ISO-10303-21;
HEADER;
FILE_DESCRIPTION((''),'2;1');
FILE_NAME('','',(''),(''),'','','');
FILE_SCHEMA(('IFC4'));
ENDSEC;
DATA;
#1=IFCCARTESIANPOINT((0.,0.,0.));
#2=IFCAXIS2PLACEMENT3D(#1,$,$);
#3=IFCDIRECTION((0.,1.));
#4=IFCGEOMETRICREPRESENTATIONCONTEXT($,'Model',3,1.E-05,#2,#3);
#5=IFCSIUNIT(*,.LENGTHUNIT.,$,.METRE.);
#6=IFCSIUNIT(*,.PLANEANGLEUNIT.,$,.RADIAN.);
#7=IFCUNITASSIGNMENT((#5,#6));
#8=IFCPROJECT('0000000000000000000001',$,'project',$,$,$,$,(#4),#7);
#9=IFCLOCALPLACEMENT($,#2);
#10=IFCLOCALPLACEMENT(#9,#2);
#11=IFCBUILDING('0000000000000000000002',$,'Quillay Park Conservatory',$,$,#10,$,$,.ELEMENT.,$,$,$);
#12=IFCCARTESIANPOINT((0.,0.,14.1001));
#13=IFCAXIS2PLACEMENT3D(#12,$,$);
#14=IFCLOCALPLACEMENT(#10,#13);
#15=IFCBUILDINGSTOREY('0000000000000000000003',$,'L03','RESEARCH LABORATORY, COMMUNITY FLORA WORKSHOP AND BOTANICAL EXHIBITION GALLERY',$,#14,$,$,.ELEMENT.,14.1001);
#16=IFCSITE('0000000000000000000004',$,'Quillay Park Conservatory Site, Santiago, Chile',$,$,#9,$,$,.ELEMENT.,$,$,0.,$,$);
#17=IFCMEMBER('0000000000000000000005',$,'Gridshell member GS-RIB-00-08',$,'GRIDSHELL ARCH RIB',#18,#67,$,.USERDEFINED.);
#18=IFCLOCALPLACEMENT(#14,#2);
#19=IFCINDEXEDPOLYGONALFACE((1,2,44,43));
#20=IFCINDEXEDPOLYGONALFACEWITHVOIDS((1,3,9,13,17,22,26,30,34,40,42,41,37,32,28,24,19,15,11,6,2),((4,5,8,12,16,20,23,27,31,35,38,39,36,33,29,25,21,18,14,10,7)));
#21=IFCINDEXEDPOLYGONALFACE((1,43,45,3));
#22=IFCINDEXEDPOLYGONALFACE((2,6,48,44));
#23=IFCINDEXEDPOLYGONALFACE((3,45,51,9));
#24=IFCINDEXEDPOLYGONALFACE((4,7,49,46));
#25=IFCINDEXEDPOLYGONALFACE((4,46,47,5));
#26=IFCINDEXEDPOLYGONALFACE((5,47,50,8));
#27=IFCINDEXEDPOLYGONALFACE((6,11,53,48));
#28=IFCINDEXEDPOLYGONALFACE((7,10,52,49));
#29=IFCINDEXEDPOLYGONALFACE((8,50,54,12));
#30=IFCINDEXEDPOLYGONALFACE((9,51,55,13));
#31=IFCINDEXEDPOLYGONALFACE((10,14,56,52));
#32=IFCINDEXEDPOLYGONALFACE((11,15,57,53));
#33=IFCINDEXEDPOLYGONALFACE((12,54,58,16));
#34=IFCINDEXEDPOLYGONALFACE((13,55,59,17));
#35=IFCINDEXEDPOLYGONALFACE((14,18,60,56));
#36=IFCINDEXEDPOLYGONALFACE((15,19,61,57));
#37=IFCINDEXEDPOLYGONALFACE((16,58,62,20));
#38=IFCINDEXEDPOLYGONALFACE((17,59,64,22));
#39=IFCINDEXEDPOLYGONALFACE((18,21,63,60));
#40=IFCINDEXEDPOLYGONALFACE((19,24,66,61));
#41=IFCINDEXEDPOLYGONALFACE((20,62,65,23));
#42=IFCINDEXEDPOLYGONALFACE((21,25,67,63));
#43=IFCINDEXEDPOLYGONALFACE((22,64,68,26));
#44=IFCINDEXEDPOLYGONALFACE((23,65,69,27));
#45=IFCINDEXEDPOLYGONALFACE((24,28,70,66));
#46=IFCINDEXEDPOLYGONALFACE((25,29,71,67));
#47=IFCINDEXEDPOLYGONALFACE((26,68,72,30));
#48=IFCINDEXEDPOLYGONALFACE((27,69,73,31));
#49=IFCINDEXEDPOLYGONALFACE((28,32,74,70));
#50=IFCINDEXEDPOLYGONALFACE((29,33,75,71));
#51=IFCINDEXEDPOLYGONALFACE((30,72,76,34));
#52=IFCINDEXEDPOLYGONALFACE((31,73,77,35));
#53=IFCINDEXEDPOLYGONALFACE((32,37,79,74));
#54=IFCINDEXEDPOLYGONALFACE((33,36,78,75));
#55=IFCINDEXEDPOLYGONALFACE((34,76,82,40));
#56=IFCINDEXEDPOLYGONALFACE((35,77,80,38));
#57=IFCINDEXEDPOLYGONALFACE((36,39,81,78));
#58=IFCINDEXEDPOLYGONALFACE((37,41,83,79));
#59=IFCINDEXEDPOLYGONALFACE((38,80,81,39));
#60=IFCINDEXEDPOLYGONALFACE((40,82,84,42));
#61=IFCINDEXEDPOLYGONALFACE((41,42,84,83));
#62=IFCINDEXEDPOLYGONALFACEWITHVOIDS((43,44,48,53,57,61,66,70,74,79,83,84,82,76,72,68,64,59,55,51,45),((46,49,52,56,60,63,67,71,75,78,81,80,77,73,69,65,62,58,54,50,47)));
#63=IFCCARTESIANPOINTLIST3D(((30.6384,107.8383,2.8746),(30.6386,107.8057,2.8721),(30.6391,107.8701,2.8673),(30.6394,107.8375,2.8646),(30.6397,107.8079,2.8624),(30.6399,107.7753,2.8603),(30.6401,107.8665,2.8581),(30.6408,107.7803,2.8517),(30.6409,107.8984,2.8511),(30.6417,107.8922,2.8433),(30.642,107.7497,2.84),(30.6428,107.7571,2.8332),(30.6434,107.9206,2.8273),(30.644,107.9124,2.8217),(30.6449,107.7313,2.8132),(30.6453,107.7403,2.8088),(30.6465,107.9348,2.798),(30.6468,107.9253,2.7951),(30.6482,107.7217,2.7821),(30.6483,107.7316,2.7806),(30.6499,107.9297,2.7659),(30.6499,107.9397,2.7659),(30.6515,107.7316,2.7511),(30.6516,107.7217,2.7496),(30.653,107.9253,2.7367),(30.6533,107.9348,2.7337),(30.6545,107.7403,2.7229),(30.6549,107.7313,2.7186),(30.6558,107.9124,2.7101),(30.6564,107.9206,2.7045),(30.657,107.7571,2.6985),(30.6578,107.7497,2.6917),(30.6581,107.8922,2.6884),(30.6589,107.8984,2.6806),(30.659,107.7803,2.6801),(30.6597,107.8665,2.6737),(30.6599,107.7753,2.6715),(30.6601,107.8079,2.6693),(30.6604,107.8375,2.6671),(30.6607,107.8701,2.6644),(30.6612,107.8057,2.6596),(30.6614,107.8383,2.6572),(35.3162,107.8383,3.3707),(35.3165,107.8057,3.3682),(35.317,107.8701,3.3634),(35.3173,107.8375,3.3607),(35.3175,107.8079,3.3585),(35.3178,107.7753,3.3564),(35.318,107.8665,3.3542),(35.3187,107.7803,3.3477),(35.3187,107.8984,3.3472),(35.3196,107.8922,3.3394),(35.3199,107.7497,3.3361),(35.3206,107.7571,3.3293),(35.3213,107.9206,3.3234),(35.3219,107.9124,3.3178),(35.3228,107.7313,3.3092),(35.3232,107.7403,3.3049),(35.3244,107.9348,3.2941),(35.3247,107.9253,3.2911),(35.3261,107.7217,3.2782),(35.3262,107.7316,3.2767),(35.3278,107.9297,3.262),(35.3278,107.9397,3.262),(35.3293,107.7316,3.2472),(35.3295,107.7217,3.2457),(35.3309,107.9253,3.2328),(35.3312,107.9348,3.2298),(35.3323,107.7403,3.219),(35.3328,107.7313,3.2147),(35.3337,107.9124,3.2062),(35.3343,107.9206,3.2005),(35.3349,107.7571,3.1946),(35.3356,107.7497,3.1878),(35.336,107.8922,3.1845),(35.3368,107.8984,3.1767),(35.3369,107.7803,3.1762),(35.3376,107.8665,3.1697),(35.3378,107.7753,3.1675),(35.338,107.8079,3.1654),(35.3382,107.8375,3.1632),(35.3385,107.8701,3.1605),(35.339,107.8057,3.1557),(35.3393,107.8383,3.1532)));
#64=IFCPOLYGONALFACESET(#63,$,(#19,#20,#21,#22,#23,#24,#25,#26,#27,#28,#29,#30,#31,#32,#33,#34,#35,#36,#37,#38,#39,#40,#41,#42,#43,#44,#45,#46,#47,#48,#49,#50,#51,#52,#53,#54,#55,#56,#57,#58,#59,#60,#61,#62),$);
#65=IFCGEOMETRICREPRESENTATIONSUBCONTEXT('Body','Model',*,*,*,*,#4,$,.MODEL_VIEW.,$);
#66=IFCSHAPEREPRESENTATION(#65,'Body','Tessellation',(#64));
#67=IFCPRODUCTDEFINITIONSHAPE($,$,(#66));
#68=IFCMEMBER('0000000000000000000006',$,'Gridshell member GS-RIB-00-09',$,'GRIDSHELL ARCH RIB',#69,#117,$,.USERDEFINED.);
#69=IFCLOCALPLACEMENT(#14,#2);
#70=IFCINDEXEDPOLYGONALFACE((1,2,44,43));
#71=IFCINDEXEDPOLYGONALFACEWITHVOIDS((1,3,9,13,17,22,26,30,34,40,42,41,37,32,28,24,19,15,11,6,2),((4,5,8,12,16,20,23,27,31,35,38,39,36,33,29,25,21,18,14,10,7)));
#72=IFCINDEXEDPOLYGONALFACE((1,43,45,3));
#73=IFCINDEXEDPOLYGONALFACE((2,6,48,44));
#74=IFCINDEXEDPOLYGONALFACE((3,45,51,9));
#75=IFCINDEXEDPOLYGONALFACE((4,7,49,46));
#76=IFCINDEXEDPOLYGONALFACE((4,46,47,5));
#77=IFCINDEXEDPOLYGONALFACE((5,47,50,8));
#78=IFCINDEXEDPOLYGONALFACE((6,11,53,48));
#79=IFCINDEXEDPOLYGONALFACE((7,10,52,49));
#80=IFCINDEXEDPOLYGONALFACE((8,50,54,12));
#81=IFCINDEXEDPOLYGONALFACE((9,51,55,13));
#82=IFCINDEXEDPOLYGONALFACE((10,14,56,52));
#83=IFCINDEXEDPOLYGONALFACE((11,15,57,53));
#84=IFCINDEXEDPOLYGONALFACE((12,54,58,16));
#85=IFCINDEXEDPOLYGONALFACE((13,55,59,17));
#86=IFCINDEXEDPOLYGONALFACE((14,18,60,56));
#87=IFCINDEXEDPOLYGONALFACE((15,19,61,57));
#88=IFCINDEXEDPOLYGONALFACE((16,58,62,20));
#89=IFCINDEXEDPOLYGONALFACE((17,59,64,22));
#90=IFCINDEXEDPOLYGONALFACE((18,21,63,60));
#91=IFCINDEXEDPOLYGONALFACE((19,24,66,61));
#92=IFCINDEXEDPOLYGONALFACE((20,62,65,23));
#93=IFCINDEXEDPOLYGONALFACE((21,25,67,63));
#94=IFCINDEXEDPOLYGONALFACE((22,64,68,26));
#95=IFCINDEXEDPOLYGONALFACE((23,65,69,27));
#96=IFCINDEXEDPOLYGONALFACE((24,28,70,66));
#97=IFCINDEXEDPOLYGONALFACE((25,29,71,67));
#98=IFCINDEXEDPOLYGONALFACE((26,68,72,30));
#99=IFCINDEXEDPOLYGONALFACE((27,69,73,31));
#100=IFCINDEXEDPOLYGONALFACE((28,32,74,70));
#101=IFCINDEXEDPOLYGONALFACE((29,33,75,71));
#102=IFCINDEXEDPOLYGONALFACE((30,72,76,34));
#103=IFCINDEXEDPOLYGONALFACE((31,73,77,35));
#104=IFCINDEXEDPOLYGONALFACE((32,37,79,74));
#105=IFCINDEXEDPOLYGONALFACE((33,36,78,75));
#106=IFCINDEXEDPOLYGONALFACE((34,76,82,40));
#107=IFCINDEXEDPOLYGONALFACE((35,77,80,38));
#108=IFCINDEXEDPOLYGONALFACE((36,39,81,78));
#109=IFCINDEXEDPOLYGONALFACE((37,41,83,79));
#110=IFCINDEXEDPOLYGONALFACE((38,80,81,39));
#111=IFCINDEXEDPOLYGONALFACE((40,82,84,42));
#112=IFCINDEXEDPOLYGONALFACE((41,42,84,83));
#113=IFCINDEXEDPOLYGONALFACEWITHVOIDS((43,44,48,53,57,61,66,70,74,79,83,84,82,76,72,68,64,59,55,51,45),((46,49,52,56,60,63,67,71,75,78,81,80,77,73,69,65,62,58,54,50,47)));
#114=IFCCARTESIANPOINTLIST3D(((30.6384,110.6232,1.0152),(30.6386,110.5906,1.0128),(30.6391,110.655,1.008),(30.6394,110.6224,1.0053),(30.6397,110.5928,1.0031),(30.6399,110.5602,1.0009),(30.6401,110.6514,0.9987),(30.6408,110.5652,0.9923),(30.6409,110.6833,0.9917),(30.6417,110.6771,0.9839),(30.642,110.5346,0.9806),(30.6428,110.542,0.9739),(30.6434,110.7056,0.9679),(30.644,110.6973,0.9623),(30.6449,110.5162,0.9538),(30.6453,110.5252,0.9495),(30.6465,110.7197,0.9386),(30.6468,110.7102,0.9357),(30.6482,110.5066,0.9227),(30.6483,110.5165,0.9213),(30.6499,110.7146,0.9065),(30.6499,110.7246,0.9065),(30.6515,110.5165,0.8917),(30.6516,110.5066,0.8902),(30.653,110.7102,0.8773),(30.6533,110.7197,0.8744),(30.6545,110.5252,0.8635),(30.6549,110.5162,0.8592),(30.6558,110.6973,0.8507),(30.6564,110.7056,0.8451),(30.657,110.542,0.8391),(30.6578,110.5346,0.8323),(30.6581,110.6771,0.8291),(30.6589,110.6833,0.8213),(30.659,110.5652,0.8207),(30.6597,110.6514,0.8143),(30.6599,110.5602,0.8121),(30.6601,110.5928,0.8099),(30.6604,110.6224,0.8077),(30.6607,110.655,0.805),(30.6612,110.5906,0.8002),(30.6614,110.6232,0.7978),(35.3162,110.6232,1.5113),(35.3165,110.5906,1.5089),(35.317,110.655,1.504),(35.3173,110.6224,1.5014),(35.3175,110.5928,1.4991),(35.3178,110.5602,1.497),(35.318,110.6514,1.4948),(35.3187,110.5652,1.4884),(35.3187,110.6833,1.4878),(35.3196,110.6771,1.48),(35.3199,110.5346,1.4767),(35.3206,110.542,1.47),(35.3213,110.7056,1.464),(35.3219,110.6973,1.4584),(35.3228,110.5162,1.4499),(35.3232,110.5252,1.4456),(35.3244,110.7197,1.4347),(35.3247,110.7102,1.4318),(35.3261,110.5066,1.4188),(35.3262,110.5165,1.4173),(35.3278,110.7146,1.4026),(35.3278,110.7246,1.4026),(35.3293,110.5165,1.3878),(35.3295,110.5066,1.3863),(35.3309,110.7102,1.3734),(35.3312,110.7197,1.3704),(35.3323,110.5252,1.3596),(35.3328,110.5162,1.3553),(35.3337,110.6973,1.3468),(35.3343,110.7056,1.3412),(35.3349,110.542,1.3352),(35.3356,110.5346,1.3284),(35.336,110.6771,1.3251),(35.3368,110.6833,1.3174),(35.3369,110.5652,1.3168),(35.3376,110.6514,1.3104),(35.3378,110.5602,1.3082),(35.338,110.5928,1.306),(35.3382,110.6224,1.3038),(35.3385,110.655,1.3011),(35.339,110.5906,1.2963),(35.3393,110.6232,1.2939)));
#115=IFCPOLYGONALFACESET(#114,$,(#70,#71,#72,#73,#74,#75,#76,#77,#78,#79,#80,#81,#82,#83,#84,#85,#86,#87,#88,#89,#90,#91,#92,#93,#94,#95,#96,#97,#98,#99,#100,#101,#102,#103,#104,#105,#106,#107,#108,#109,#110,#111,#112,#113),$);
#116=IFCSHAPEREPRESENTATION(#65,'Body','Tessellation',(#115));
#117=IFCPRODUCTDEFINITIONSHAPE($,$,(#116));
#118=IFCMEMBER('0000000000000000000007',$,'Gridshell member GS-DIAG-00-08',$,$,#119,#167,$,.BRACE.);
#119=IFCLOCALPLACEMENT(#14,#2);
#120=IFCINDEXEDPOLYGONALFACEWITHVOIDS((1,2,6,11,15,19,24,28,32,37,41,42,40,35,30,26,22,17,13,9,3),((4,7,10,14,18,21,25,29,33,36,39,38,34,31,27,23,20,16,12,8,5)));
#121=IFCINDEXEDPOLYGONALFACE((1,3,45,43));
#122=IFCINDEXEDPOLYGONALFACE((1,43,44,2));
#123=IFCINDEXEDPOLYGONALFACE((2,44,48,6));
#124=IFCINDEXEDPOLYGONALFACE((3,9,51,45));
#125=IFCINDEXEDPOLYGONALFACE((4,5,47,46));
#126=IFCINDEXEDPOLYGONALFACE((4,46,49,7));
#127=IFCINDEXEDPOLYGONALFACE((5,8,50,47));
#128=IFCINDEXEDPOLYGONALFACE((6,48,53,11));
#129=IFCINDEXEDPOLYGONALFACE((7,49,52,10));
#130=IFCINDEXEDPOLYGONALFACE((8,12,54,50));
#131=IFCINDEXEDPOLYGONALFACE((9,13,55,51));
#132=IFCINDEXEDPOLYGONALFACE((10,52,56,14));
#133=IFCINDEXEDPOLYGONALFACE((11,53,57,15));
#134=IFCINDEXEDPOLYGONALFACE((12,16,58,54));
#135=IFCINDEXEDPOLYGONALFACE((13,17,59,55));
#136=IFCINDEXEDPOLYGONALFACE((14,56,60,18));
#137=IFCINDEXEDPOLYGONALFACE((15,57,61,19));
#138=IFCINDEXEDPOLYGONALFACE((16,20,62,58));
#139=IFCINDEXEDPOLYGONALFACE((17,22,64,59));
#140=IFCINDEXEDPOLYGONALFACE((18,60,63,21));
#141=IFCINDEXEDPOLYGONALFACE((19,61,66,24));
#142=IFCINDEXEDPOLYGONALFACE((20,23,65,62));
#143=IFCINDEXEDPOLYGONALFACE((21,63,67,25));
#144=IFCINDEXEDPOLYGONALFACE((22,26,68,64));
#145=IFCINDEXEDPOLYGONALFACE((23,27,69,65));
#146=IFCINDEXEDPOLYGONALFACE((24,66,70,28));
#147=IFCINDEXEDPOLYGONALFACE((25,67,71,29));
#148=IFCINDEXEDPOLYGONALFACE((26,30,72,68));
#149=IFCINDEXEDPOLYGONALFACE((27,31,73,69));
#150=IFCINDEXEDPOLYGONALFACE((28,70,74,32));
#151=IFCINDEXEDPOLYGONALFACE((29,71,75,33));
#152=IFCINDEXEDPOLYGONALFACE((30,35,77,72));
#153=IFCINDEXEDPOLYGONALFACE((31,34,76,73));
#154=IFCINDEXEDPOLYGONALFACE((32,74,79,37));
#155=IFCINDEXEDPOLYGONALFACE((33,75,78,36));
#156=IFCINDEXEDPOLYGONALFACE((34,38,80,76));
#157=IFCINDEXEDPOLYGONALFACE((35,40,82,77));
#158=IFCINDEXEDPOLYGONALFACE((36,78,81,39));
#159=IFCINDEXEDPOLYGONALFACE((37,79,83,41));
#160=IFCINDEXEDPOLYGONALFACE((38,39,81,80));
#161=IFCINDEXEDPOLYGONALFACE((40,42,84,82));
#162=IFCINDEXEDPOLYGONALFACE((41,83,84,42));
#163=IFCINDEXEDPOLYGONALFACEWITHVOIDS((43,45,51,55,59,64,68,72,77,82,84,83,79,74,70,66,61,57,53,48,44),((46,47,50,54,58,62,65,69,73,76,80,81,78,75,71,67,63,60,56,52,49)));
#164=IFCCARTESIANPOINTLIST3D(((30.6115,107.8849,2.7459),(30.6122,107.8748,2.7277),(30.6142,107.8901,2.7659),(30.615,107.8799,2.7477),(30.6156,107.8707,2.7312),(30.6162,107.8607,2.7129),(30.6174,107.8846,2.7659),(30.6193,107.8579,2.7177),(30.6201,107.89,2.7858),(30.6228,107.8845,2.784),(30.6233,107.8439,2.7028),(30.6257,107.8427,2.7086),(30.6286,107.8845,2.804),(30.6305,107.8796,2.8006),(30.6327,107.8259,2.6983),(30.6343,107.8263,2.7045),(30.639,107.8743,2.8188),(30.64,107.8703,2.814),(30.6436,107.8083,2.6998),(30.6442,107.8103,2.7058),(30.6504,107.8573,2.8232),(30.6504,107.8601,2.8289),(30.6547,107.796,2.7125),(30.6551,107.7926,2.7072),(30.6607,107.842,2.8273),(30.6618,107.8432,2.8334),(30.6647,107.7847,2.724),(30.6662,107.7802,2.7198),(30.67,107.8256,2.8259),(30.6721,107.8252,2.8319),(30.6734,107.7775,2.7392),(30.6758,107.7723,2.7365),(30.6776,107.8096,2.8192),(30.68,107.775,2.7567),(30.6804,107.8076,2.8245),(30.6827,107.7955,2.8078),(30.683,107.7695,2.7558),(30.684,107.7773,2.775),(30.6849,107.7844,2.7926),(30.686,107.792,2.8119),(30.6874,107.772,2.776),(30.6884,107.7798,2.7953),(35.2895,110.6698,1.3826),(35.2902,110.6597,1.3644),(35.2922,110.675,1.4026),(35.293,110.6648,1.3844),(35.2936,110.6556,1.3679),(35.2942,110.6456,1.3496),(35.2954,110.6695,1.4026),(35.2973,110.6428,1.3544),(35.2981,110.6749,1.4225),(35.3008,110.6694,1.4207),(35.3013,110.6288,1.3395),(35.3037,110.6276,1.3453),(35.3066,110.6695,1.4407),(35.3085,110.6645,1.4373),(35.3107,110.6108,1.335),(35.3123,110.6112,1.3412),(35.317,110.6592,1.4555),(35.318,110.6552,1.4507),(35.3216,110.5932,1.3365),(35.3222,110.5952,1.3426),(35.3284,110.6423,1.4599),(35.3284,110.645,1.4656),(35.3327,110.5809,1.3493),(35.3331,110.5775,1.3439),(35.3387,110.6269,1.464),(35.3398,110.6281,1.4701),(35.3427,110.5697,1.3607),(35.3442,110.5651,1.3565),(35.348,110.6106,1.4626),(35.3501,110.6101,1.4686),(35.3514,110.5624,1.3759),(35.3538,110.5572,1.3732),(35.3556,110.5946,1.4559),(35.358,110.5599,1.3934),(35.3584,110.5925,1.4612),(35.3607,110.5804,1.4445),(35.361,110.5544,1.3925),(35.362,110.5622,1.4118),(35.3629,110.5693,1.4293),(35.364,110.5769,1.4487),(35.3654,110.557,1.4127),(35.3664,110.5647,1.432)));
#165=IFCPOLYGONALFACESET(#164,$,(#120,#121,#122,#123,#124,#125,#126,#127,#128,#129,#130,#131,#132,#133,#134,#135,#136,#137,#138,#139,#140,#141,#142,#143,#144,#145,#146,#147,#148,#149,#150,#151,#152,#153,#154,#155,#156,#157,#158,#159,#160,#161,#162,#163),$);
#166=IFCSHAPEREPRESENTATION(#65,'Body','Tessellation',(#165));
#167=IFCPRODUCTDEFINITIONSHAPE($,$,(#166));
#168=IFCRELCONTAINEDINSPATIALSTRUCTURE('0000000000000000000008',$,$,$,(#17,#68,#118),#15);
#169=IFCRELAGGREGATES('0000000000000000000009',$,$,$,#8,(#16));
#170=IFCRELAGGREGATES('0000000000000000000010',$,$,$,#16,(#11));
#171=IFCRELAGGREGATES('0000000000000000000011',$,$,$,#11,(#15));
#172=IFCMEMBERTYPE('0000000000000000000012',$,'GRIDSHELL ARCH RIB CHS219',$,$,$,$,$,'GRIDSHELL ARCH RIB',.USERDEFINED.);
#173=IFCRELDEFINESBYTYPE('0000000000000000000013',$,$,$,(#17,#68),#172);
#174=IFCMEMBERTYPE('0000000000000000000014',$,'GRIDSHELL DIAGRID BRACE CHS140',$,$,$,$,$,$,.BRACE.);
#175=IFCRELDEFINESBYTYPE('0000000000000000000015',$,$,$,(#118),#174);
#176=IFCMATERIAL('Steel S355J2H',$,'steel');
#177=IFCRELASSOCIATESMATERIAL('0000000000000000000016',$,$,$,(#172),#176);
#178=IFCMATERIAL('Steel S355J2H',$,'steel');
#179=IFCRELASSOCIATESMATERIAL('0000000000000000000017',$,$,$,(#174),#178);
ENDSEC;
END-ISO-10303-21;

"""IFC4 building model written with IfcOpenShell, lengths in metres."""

from ifc_helpers import new_model, si_unit, direction, frame, origin, origin_2d, place, context, subcontext, project, spatial, hollow_circle, extrude, material, material_profile, profile_set, type_object, element, save


model = new_model("IFC4")

# Units and contexts
model_context = context("Model", 3, precision=1e-05, world=origin(), true_north=direction((0.0, 1.0)))
body_context = subcontext(model_context, "Body", "Model", "MODEL_VIEW")
ifc_project = project(units=[si_unit("LENGTHUNIT", "METRE"), si_unit("PLANEANGLEUNIT", "RADIAN")], contexts=[model_context])

# Site, building, storey
site_placement = place(None, origin())
site = spatial("IfcSite", under=ifc_project, at=site_placement, Name="Quillay Park Conservatory Site, Santiago, Chile", CompositionType="ELEMENT", RefElevation=0.0)
building_placement = place(site_placement, origin())
building = spatial("IfcBuilding", under=site, at=building_placement, Name="Quillay Park Conservatory", CompositionType="ELEMENT")
storey_placement = place(building_placement, frame((0.0, 0.0, 14.1001)))
storey = spatial("IfcBuildingStorey", under=building, at=storey_placement, Name="L03", Description="RESEARCH LABORATORY, COMMUNITY FLORA WORKSHOP AND BOTANICAL EXHIBITION GALLERY", CompositionType="ELEMENT", Elevation=14.1001)

# Members
ifc_material_1 = material(Name="Steel S355J2H", Category="steel")
ifc_material_profile_1 = material_profile(ifc_material_1, hollow_circle(Radius=0.1096, WallThickness=0.01, at=origin_2d()), Name="CHS219.1x10")
ifc_profile_set_1 = profile_set([ifc_material_profile_1], Name="Steel S355J2H")
member_type_1 = type_object("IfcMemberType", Name="GRIDSHELL ARCH RIB CHS219", ElementType="GRIDSHELL ARCH RIB", PredefinedType="USERDEFINED", material=ifc_profile_set_1)
for number, where, z_axis, x_axis, name in (
    (1, (30.6499, 107.8301, 2.7659), (0.994424, 0.0, 0.105457), (0.0, 1.0, 0.0), "Gridshell member GS-RIB-00-08"),
    (2, (30.6499, 110.615, 0.9065), (0.994424, 0.0, 0.105457), (0.0, 1.0, 0.0), "Gridshell member GS-RIB-00-09"),
):
    element("IfcMember", number, at=place(storey_placement, frame(where, z_axis=z_axis, x_axis=x_axis)), inside=storey, type_object=member_type_1, Name=name, ObjectType="GRIDSHELL ARCH RIB", PredefinedType="USERDEFINED", context=body_context, shape_type="SweptSolid", body=[
        extrude(hollow_circle(Radius=0.1096, WallThickness=0.01, at=origin_2d()), origin(), (0.0, 0.0, 1.0), 4.7041),
    ])
ifc_material_2 = material(Name="Steel S355J2H", Category="steel")
ifc_material_profile_2 = material_profile(ifc_material_2, hollow_circle(Radius=0.0698, WallThickness=0.0063, at=origin_2d()), Name="CHS139.7x6.3")
ifc_profile_set_2 = profile_set([ifc_material_profile_2], Name="Steel S355J2H")
member_type_2 = type_object("IfcMemberType", Name="GRIDSHELL DIAGRID BRACE CHS140", PredefinedType="BRACE", material=ifc_profile_set_2)
member_1_placement = place(storey_placement, frame((30.6499, 107.8301, 2.7659), z_axis=(0.833525, 0.496217, -0.24291), x_axis=(-0.511538, 0.859261, 0.0)))
element("IfcMember", 3, at=member_1_placement, inside=storey, type_object=member_type_2, Name="Gridshell member GS-DIAG-00-08", PredefinedType="BRACE", context=body_context, shape_type="SweptSolid", body=[
    extrude(hollow_circle(Radius=0.0698, WallThickness=0.0063, at=origin_2d()), origin(), (0.0, 0.0, 1.0), 5.6123),
])

save(model, "model.ifc")
